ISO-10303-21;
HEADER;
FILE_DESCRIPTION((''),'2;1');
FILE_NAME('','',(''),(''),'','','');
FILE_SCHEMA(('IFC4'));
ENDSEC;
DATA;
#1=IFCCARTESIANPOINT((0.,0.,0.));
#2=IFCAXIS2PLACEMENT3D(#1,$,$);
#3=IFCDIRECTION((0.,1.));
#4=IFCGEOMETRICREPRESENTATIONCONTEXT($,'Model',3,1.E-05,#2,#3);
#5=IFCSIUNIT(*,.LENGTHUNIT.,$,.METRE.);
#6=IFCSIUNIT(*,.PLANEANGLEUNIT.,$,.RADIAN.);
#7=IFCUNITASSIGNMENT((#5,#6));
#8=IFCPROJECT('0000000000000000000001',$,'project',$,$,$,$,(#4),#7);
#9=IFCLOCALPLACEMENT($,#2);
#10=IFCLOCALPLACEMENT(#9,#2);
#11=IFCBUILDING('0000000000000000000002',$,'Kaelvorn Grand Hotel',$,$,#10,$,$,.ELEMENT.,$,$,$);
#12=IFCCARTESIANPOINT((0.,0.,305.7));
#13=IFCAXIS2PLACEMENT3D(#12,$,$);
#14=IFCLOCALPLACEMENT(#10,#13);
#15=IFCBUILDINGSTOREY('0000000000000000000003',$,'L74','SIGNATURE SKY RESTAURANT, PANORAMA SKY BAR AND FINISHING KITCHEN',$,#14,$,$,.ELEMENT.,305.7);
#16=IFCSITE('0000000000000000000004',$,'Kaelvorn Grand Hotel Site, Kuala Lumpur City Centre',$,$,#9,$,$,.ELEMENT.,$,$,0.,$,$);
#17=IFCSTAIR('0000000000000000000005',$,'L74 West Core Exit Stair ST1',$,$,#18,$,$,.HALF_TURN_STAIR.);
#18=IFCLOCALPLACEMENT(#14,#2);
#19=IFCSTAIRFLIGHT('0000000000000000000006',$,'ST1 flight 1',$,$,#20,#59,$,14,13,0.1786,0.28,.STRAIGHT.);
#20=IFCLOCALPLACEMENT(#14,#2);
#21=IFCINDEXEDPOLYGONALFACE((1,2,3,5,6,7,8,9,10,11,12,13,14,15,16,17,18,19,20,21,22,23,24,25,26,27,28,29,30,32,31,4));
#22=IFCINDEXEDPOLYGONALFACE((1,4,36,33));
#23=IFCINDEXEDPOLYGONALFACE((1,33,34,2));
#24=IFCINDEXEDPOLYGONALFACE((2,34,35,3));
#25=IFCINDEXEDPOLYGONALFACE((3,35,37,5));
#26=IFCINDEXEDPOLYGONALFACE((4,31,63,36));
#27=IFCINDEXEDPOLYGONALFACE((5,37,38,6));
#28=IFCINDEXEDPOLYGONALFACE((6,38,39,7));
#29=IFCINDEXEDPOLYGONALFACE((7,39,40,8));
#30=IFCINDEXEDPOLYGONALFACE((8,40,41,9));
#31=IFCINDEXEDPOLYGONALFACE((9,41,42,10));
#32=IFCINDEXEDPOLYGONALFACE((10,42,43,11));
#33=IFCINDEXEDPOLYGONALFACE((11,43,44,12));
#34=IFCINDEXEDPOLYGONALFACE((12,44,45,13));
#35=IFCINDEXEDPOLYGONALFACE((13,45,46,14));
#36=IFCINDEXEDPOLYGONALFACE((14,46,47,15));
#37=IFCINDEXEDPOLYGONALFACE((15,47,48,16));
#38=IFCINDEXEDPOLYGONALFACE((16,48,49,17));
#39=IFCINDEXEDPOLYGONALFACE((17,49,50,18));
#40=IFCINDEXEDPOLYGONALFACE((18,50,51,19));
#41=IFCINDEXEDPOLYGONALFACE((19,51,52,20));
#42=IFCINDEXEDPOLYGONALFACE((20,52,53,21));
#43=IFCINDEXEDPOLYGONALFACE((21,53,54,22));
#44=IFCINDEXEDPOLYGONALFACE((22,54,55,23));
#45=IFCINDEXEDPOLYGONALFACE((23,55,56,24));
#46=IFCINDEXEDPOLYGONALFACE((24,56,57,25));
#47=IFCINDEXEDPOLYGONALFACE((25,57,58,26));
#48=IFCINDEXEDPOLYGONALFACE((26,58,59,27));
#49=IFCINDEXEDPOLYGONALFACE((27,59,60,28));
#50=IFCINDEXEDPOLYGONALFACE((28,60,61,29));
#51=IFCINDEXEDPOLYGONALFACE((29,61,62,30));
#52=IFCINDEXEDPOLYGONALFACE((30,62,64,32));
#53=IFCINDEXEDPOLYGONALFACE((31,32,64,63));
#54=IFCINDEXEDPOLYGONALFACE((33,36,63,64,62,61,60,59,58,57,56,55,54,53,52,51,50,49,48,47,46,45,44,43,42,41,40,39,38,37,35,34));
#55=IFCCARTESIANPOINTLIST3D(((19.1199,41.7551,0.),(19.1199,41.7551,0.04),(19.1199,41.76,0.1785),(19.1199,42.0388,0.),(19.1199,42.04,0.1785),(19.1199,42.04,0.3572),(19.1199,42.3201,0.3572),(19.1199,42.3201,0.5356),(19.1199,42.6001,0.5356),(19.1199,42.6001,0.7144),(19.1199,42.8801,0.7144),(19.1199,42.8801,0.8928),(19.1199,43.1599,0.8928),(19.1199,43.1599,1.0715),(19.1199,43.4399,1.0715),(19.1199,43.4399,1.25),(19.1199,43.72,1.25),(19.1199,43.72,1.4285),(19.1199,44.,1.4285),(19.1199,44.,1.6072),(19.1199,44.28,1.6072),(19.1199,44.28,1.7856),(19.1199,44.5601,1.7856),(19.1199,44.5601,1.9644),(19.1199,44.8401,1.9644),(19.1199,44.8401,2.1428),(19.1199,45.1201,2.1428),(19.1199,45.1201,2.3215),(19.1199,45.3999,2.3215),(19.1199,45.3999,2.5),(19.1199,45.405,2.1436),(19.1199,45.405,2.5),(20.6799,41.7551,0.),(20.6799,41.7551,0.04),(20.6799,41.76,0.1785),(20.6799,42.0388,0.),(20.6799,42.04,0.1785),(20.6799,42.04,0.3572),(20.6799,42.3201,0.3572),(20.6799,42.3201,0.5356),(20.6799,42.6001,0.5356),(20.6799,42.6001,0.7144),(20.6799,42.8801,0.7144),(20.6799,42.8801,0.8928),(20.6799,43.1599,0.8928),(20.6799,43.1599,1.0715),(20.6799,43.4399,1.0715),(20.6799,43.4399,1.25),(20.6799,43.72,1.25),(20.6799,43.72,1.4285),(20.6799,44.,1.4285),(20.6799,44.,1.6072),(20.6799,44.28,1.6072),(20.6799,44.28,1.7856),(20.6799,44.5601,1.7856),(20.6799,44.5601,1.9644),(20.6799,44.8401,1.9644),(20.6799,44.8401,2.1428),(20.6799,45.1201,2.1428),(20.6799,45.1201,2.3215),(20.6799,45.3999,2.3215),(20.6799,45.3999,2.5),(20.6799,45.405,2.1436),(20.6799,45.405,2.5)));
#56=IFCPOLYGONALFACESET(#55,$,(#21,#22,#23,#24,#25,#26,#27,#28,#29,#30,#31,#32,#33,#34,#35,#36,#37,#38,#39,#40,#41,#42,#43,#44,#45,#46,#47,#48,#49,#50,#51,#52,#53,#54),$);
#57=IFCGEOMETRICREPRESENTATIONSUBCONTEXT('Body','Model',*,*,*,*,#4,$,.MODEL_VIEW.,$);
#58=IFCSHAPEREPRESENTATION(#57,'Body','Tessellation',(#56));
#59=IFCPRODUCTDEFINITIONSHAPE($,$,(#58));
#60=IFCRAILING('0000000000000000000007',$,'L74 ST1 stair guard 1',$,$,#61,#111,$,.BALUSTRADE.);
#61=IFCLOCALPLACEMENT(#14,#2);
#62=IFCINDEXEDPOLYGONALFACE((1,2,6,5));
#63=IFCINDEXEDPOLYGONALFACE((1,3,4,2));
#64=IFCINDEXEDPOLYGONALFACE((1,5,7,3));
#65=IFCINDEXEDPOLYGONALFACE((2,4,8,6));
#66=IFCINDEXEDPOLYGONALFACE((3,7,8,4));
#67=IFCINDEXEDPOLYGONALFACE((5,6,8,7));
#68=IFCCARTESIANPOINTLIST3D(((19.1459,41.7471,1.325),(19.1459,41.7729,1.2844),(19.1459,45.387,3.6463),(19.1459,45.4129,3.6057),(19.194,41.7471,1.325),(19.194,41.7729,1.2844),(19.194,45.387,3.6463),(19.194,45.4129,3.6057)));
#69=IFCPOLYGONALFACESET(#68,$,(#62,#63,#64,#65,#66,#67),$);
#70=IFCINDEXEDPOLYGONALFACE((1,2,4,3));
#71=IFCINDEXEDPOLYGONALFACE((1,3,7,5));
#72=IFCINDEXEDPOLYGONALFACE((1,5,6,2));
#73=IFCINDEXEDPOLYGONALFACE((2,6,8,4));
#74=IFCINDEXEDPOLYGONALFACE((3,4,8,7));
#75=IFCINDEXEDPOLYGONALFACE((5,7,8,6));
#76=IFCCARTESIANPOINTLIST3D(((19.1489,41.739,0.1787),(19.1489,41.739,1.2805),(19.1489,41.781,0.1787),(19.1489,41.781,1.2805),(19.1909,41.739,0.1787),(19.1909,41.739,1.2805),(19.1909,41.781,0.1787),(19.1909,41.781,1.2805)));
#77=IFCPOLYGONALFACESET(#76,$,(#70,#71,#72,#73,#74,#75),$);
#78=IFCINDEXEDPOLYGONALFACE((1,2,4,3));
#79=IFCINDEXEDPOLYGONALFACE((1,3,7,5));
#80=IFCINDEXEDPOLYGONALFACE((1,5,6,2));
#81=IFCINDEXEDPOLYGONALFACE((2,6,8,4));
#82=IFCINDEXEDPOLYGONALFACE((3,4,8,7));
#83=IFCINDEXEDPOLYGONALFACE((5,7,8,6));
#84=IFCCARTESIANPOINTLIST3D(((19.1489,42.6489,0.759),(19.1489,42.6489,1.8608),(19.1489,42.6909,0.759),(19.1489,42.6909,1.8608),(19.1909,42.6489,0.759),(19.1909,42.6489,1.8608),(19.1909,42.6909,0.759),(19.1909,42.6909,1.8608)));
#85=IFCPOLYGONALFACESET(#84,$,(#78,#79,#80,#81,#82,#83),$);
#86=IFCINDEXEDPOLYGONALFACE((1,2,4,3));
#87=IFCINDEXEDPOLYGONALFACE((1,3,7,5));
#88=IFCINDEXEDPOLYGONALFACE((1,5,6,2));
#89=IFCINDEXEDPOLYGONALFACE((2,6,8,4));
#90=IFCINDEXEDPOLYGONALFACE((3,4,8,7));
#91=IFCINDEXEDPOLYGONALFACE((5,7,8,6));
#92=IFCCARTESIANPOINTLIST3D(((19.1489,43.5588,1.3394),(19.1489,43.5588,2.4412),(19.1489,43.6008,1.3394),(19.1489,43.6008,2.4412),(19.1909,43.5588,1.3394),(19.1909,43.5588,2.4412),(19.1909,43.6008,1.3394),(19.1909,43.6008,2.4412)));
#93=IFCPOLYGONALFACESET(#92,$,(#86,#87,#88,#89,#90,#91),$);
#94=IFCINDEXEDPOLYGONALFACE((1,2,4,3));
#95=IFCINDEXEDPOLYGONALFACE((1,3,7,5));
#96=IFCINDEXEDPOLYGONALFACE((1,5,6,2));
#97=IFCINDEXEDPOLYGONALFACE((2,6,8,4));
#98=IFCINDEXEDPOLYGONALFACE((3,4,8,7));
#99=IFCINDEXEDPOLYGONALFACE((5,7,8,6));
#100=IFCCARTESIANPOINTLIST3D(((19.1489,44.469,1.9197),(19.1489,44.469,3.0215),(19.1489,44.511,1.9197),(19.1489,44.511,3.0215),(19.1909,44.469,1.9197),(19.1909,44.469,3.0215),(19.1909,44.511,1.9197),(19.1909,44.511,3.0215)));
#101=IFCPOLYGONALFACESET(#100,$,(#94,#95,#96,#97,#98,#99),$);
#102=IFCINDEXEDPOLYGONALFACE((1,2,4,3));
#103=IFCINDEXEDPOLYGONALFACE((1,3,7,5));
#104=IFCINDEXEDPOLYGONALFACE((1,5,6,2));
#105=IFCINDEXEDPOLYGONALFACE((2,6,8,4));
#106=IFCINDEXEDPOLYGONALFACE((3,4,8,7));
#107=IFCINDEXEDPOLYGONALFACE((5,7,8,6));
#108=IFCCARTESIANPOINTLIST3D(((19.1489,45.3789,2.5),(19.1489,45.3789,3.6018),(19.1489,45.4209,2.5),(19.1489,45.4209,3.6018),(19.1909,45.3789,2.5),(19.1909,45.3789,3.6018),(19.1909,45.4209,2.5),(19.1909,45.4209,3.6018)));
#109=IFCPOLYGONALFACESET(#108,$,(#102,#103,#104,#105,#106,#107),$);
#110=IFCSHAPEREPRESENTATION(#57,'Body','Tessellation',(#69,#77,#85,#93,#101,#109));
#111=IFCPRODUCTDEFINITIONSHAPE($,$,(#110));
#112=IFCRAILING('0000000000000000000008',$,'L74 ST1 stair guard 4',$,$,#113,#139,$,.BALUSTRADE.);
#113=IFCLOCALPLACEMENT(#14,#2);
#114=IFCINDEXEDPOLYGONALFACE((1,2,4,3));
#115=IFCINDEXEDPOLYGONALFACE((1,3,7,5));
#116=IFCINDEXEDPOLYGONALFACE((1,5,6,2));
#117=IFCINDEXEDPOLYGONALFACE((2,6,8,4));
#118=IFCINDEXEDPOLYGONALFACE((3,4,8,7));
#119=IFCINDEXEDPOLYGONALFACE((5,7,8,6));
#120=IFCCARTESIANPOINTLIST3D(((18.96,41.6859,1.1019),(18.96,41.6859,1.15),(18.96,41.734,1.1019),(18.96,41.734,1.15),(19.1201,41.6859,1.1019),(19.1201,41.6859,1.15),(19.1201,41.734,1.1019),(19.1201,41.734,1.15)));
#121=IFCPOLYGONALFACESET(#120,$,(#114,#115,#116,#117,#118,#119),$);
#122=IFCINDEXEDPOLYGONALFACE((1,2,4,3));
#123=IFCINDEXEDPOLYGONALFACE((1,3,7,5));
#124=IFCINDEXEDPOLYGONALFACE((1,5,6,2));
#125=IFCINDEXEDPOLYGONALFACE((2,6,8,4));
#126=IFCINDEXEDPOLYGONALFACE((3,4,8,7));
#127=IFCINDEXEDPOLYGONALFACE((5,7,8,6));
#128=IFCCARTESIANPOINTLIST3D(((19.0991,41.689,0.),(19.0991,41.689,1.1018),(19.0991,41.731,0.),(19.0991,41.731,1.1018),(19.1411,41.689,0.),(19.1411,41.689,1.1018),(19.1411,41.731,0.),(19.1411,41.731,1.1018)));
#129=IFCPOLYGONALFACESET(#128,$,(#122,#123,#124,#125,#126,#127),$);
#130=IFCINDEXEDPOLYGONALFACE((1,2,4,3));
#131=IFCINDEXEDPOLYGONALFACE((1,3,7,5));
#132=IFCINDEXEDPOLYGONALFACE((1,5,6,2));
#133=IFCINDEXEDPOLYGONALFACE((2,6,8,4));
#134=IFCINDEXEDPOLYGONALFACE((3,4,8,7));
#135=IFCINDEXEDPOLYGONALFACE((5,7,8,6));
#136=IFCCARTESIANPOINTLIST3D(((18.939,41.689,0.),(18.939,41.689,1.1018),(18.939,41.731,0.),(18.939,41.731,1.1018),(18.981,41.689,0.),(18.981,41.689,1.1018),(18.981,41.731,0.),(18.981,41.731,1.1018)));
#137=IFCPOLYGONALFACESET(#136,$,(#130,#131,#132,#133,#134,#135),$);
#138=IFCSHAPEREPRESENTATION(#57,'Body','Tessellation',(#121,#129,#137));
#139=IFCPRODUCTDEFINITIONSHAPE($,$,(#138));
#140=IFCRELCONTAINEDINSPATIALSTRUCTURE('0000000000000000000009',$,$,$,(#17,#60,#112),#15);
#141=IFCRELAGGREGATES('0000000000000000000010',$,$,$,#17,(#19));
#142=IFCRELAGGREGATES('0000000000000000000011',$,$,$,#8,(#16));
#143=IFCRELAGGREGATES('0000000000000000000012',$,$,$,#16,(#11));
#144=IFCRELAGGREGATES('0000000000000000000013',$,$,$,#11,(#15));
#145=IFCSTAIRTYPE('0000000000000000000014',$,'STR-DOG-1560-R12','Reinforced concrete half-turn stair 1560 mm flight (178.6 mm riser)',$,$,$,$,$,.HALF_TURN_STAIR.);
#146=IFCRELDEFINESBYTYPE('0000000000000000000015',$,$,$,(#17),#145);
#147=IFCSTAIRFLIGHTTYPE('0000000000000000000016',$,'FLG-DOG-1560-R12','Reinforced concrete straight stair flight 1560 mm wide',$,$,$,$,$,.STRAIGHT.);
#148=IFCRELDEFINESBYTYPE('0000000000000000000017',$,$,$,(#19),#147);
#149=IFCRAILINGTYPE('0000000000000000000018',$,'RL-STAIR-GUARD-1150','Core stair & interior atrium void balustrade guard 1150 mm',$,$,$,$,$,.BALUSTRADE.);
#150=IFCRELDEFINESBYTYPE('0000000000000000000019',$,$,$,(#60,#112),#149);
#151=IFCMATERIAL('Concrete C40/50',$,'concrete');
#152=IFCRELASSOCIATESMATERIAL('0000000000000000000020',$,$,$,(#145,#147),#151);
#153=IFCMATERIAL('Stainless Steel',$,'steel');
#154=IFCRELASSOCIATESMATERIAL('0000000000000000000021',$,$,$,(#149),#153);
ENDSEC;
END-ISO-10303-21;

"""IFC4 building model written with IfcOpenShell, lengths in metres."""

from ifc_helpers import new_model, si_unit, direction, frame, origin, origin_2d, place, context, subcontext, project, spatial, polyline, rectangle, outline, extrude, material, type_object, element, aggregate, save


model = new_model("IFC4")

# Units and contexts
model_context = context("Model", 3, precision=1e-05, world=origin(), true_north=direction((0.0, 1.0)))
body_context = subcontext(model_context, "Body", "Model", "MODEL_VIEW")
ifc_project = project(units=[si_unit("LENGTHUNIT", "METRE"), si_unit("PLANEANGLEUNIT", "RADIAN")], contexts=[model_context])

# Site, building, storey
site_placement = place(None, origin())
site = spatial("IfcSite", under=ifc_project, at=site_placement, Name="Kaelvorn Grand Hotel Site, Kuala Lumpur City Centre", CompositionType="ELEMENT", RefElevation=0.0)
building_placement = place(site_placement, origin())
building = spatial("IfcBuilding", under=site, at=building_placement, Name="Kaelvorn Grand Hotel", CompositionType="ELEMENT")
storey_placement = place(building_placement, frame((0.0, 0.0, 305.7)))
storey = spatial("IfcBuildingStorey", under=building, at=storey_placement, Name="L74", Description="SIGNATURE SKY RESTAURANT, PANORAMA SKY BAR AND FINISHING KITCHEN", CompositionType="ELEMENT", Elevation=305.7)

# Shared definitions
ifc_material_1 = material(Name="Concrete C40/50", Category="concrete")

# Stair, stair flight
stair_type = type_object("IfcStairType", Name="STR-DOG-1560-R12", Description="Reinforced concrete half-turn stair 1560 mm flight (178.6 mm riser)", PredefinedType="HALF_TURN_STAIR", material=ifc_material_1)
stair_placement = place(storey_placement, origin())
stair = element("IfcStair", 1, at=stair_placement, inside=storey, type_object=stair_type, Name="L74 West Core Exit Stair ST1", PredefinedType="HALF_TURN_STAIR")
stair_flight_type = type_object("IfcStairFlightType", Name="FLG-DOG-1560-R12", Description="Reinforced concrete straight stair flight 1560 mm wide", PredefinedType="STRAIGHT", material=ifc_material_1)
stair_flight_placement = place(storey_placement, frame((19.8999, 41.76, 0.0), z_axis=(0.0, 0.0, 1.0), x_axis=(0.0, 1.0, 0.0)))
stair_flight = element("IfcStairFlight", 2, at=stair_flight_placement, type_object=stair_flight_type, Name="ST1 flight 1", NumberOfRisers=14, NumberOfTreads=13, PredefinedType="STRAIGHT", RiserHeight=0.1786, TreadLength=0.28, context=body_context, shape_type="SweptSolid", body=[
    extrude(outline(polyline([(-0.0049, 0.0), (-0.0049, 0.04), (0.0, 0.1785), (0.28, 0.1785), (0.28, 0.3572), (0.5601, 0.3572), (0.5601, 0.5356), (0.8401, 0.5356), (0.8401, 0.7144), (1.1201, 0.7144), (1.1201, 0.8928), (1.3999, 0.8928), (1.3999, 1.0715), (1.6799, 1.0715), (1.6799, 1.25), (1.96, 1.25), (1.96, 1.4285), (2.24, 1.4285), (2.24, 1.6072), (2.52, 1.6072), (2.52, 1.7856), (2.8, 1.7856), (2.8, 1.9644), (3.0801, 1.9644), (3.0801, 2.1428), (3.3601, 2.1428), (3.3601, 2.3215), (3.6399, 2.3215), (3.6399, 2.5), (3.645, 2.5), (3.645, 2.1436), (0.2788, 0.0), (-0.0049, 0.0)])), frame((0.0, 0.78, 0.0), z_axis=(0.0, -1.0, 0.0), x_axis=(1.0, 0.0, 0.0)), (0.0, 0.0, 1.0), 1.5601),
])
aggregate(stair, [stair_flight])

# Railings
ifc_material_2 = material(Name="Stainless Steel", Category="steel")
railing_type = type_object("IfcRailingType", Name="RL-STAIR-GUARD-1150", Description="Core stair & interior atrium void balustrade guard 1150 mm", PredefinedType="BALUSTRADE", material=ifc_material_2)
railing_1_placement = place(storey_placement, frame((19.1699, 41.76, 0.1787)))
element("IfcRailing", 3, at=railing_1_placement, inside=storey, type_object=railing_type, Name="L74 ST1 stair guard 1", PredefinedType="BALUSTRADE", context=body_context, shape_type="SweptSolid", body=[
    extrude(rectangle(XDim=0.0481, YDim=0.0481, at=origin_2d()), frame((0.0, 0.0, 1.126), z_axis=(0.0, 0.843137, 0.537699), x_axis=(-1.0, 0.0, 0.0)), (0.0, 0.0, 1.0), 4.3171),
    extrude(rectangle(XDim=0.042, YDim=0.042, at=origin_2d()), origin(), (0.0, 0.0, 1.0), 1.1018),
    extrude(rectangle(XDim=0.042, YDim=0.042, at=origin_2d()), frame((0.0, 0.9099, 0.5803)), (0.0, 0.0, 1.0), 1.1018),
    extrude(rectangle(XDim=0.042, YDim=0.042, at=origin_2d()), frame((0.0, 1.8198, 1.1606)), (0.0, 0.0, 1.0), 1.1018),
    extrude(rectangle(XDim=0.042, YDim=0.042, at=origin_2d()), frame((0.0, 2.73, 1.741)), (0.0, 0.0, 1.0), 1.1018),
    extrude(rectangle(XDim=0.042, YDim=0.042, at=origin_2d()), frame((0.0, 3.6399, 2.3213)), (0.0, 0.0, 1.0), 1.1018),
])
railing_2_placement = place(storey_placement, frame((19.1201, 41.71, 0.0)))
element("IfcRailing", 4, at=railing_2_placement, inside=storey, type_object=railing_type, Name="L74 ST1 stair guard 4", PredefinedType="BALUSTRADE", context=body_context, shape_type="SweptSolid", body=[
    extrude(rectangle(XDim=0.0481, YDim=0.0481, at=origin_2d()), frame((0.0, 0.0, 1.126), z_axis=(-1.0, 0.0, 0.0), x_axis=(0.0, -1.0, 0.0)), (0.0, 0.0, 1.0), 0.1602),
    extrude(rectangle(XDim=0.042, YDim=0.042, at=origin_2d()), origin(), (0.0, 0.0, 1.0), 1.1018),
    extrude(rectangle(XDim=0.042, YDim=0.042, at=origin_2d()), frame((-0.1602, 0.0, 0.0)), (0.0, 0.0, 1.0), 1.1018),
])

save(model, "model.ifc")
